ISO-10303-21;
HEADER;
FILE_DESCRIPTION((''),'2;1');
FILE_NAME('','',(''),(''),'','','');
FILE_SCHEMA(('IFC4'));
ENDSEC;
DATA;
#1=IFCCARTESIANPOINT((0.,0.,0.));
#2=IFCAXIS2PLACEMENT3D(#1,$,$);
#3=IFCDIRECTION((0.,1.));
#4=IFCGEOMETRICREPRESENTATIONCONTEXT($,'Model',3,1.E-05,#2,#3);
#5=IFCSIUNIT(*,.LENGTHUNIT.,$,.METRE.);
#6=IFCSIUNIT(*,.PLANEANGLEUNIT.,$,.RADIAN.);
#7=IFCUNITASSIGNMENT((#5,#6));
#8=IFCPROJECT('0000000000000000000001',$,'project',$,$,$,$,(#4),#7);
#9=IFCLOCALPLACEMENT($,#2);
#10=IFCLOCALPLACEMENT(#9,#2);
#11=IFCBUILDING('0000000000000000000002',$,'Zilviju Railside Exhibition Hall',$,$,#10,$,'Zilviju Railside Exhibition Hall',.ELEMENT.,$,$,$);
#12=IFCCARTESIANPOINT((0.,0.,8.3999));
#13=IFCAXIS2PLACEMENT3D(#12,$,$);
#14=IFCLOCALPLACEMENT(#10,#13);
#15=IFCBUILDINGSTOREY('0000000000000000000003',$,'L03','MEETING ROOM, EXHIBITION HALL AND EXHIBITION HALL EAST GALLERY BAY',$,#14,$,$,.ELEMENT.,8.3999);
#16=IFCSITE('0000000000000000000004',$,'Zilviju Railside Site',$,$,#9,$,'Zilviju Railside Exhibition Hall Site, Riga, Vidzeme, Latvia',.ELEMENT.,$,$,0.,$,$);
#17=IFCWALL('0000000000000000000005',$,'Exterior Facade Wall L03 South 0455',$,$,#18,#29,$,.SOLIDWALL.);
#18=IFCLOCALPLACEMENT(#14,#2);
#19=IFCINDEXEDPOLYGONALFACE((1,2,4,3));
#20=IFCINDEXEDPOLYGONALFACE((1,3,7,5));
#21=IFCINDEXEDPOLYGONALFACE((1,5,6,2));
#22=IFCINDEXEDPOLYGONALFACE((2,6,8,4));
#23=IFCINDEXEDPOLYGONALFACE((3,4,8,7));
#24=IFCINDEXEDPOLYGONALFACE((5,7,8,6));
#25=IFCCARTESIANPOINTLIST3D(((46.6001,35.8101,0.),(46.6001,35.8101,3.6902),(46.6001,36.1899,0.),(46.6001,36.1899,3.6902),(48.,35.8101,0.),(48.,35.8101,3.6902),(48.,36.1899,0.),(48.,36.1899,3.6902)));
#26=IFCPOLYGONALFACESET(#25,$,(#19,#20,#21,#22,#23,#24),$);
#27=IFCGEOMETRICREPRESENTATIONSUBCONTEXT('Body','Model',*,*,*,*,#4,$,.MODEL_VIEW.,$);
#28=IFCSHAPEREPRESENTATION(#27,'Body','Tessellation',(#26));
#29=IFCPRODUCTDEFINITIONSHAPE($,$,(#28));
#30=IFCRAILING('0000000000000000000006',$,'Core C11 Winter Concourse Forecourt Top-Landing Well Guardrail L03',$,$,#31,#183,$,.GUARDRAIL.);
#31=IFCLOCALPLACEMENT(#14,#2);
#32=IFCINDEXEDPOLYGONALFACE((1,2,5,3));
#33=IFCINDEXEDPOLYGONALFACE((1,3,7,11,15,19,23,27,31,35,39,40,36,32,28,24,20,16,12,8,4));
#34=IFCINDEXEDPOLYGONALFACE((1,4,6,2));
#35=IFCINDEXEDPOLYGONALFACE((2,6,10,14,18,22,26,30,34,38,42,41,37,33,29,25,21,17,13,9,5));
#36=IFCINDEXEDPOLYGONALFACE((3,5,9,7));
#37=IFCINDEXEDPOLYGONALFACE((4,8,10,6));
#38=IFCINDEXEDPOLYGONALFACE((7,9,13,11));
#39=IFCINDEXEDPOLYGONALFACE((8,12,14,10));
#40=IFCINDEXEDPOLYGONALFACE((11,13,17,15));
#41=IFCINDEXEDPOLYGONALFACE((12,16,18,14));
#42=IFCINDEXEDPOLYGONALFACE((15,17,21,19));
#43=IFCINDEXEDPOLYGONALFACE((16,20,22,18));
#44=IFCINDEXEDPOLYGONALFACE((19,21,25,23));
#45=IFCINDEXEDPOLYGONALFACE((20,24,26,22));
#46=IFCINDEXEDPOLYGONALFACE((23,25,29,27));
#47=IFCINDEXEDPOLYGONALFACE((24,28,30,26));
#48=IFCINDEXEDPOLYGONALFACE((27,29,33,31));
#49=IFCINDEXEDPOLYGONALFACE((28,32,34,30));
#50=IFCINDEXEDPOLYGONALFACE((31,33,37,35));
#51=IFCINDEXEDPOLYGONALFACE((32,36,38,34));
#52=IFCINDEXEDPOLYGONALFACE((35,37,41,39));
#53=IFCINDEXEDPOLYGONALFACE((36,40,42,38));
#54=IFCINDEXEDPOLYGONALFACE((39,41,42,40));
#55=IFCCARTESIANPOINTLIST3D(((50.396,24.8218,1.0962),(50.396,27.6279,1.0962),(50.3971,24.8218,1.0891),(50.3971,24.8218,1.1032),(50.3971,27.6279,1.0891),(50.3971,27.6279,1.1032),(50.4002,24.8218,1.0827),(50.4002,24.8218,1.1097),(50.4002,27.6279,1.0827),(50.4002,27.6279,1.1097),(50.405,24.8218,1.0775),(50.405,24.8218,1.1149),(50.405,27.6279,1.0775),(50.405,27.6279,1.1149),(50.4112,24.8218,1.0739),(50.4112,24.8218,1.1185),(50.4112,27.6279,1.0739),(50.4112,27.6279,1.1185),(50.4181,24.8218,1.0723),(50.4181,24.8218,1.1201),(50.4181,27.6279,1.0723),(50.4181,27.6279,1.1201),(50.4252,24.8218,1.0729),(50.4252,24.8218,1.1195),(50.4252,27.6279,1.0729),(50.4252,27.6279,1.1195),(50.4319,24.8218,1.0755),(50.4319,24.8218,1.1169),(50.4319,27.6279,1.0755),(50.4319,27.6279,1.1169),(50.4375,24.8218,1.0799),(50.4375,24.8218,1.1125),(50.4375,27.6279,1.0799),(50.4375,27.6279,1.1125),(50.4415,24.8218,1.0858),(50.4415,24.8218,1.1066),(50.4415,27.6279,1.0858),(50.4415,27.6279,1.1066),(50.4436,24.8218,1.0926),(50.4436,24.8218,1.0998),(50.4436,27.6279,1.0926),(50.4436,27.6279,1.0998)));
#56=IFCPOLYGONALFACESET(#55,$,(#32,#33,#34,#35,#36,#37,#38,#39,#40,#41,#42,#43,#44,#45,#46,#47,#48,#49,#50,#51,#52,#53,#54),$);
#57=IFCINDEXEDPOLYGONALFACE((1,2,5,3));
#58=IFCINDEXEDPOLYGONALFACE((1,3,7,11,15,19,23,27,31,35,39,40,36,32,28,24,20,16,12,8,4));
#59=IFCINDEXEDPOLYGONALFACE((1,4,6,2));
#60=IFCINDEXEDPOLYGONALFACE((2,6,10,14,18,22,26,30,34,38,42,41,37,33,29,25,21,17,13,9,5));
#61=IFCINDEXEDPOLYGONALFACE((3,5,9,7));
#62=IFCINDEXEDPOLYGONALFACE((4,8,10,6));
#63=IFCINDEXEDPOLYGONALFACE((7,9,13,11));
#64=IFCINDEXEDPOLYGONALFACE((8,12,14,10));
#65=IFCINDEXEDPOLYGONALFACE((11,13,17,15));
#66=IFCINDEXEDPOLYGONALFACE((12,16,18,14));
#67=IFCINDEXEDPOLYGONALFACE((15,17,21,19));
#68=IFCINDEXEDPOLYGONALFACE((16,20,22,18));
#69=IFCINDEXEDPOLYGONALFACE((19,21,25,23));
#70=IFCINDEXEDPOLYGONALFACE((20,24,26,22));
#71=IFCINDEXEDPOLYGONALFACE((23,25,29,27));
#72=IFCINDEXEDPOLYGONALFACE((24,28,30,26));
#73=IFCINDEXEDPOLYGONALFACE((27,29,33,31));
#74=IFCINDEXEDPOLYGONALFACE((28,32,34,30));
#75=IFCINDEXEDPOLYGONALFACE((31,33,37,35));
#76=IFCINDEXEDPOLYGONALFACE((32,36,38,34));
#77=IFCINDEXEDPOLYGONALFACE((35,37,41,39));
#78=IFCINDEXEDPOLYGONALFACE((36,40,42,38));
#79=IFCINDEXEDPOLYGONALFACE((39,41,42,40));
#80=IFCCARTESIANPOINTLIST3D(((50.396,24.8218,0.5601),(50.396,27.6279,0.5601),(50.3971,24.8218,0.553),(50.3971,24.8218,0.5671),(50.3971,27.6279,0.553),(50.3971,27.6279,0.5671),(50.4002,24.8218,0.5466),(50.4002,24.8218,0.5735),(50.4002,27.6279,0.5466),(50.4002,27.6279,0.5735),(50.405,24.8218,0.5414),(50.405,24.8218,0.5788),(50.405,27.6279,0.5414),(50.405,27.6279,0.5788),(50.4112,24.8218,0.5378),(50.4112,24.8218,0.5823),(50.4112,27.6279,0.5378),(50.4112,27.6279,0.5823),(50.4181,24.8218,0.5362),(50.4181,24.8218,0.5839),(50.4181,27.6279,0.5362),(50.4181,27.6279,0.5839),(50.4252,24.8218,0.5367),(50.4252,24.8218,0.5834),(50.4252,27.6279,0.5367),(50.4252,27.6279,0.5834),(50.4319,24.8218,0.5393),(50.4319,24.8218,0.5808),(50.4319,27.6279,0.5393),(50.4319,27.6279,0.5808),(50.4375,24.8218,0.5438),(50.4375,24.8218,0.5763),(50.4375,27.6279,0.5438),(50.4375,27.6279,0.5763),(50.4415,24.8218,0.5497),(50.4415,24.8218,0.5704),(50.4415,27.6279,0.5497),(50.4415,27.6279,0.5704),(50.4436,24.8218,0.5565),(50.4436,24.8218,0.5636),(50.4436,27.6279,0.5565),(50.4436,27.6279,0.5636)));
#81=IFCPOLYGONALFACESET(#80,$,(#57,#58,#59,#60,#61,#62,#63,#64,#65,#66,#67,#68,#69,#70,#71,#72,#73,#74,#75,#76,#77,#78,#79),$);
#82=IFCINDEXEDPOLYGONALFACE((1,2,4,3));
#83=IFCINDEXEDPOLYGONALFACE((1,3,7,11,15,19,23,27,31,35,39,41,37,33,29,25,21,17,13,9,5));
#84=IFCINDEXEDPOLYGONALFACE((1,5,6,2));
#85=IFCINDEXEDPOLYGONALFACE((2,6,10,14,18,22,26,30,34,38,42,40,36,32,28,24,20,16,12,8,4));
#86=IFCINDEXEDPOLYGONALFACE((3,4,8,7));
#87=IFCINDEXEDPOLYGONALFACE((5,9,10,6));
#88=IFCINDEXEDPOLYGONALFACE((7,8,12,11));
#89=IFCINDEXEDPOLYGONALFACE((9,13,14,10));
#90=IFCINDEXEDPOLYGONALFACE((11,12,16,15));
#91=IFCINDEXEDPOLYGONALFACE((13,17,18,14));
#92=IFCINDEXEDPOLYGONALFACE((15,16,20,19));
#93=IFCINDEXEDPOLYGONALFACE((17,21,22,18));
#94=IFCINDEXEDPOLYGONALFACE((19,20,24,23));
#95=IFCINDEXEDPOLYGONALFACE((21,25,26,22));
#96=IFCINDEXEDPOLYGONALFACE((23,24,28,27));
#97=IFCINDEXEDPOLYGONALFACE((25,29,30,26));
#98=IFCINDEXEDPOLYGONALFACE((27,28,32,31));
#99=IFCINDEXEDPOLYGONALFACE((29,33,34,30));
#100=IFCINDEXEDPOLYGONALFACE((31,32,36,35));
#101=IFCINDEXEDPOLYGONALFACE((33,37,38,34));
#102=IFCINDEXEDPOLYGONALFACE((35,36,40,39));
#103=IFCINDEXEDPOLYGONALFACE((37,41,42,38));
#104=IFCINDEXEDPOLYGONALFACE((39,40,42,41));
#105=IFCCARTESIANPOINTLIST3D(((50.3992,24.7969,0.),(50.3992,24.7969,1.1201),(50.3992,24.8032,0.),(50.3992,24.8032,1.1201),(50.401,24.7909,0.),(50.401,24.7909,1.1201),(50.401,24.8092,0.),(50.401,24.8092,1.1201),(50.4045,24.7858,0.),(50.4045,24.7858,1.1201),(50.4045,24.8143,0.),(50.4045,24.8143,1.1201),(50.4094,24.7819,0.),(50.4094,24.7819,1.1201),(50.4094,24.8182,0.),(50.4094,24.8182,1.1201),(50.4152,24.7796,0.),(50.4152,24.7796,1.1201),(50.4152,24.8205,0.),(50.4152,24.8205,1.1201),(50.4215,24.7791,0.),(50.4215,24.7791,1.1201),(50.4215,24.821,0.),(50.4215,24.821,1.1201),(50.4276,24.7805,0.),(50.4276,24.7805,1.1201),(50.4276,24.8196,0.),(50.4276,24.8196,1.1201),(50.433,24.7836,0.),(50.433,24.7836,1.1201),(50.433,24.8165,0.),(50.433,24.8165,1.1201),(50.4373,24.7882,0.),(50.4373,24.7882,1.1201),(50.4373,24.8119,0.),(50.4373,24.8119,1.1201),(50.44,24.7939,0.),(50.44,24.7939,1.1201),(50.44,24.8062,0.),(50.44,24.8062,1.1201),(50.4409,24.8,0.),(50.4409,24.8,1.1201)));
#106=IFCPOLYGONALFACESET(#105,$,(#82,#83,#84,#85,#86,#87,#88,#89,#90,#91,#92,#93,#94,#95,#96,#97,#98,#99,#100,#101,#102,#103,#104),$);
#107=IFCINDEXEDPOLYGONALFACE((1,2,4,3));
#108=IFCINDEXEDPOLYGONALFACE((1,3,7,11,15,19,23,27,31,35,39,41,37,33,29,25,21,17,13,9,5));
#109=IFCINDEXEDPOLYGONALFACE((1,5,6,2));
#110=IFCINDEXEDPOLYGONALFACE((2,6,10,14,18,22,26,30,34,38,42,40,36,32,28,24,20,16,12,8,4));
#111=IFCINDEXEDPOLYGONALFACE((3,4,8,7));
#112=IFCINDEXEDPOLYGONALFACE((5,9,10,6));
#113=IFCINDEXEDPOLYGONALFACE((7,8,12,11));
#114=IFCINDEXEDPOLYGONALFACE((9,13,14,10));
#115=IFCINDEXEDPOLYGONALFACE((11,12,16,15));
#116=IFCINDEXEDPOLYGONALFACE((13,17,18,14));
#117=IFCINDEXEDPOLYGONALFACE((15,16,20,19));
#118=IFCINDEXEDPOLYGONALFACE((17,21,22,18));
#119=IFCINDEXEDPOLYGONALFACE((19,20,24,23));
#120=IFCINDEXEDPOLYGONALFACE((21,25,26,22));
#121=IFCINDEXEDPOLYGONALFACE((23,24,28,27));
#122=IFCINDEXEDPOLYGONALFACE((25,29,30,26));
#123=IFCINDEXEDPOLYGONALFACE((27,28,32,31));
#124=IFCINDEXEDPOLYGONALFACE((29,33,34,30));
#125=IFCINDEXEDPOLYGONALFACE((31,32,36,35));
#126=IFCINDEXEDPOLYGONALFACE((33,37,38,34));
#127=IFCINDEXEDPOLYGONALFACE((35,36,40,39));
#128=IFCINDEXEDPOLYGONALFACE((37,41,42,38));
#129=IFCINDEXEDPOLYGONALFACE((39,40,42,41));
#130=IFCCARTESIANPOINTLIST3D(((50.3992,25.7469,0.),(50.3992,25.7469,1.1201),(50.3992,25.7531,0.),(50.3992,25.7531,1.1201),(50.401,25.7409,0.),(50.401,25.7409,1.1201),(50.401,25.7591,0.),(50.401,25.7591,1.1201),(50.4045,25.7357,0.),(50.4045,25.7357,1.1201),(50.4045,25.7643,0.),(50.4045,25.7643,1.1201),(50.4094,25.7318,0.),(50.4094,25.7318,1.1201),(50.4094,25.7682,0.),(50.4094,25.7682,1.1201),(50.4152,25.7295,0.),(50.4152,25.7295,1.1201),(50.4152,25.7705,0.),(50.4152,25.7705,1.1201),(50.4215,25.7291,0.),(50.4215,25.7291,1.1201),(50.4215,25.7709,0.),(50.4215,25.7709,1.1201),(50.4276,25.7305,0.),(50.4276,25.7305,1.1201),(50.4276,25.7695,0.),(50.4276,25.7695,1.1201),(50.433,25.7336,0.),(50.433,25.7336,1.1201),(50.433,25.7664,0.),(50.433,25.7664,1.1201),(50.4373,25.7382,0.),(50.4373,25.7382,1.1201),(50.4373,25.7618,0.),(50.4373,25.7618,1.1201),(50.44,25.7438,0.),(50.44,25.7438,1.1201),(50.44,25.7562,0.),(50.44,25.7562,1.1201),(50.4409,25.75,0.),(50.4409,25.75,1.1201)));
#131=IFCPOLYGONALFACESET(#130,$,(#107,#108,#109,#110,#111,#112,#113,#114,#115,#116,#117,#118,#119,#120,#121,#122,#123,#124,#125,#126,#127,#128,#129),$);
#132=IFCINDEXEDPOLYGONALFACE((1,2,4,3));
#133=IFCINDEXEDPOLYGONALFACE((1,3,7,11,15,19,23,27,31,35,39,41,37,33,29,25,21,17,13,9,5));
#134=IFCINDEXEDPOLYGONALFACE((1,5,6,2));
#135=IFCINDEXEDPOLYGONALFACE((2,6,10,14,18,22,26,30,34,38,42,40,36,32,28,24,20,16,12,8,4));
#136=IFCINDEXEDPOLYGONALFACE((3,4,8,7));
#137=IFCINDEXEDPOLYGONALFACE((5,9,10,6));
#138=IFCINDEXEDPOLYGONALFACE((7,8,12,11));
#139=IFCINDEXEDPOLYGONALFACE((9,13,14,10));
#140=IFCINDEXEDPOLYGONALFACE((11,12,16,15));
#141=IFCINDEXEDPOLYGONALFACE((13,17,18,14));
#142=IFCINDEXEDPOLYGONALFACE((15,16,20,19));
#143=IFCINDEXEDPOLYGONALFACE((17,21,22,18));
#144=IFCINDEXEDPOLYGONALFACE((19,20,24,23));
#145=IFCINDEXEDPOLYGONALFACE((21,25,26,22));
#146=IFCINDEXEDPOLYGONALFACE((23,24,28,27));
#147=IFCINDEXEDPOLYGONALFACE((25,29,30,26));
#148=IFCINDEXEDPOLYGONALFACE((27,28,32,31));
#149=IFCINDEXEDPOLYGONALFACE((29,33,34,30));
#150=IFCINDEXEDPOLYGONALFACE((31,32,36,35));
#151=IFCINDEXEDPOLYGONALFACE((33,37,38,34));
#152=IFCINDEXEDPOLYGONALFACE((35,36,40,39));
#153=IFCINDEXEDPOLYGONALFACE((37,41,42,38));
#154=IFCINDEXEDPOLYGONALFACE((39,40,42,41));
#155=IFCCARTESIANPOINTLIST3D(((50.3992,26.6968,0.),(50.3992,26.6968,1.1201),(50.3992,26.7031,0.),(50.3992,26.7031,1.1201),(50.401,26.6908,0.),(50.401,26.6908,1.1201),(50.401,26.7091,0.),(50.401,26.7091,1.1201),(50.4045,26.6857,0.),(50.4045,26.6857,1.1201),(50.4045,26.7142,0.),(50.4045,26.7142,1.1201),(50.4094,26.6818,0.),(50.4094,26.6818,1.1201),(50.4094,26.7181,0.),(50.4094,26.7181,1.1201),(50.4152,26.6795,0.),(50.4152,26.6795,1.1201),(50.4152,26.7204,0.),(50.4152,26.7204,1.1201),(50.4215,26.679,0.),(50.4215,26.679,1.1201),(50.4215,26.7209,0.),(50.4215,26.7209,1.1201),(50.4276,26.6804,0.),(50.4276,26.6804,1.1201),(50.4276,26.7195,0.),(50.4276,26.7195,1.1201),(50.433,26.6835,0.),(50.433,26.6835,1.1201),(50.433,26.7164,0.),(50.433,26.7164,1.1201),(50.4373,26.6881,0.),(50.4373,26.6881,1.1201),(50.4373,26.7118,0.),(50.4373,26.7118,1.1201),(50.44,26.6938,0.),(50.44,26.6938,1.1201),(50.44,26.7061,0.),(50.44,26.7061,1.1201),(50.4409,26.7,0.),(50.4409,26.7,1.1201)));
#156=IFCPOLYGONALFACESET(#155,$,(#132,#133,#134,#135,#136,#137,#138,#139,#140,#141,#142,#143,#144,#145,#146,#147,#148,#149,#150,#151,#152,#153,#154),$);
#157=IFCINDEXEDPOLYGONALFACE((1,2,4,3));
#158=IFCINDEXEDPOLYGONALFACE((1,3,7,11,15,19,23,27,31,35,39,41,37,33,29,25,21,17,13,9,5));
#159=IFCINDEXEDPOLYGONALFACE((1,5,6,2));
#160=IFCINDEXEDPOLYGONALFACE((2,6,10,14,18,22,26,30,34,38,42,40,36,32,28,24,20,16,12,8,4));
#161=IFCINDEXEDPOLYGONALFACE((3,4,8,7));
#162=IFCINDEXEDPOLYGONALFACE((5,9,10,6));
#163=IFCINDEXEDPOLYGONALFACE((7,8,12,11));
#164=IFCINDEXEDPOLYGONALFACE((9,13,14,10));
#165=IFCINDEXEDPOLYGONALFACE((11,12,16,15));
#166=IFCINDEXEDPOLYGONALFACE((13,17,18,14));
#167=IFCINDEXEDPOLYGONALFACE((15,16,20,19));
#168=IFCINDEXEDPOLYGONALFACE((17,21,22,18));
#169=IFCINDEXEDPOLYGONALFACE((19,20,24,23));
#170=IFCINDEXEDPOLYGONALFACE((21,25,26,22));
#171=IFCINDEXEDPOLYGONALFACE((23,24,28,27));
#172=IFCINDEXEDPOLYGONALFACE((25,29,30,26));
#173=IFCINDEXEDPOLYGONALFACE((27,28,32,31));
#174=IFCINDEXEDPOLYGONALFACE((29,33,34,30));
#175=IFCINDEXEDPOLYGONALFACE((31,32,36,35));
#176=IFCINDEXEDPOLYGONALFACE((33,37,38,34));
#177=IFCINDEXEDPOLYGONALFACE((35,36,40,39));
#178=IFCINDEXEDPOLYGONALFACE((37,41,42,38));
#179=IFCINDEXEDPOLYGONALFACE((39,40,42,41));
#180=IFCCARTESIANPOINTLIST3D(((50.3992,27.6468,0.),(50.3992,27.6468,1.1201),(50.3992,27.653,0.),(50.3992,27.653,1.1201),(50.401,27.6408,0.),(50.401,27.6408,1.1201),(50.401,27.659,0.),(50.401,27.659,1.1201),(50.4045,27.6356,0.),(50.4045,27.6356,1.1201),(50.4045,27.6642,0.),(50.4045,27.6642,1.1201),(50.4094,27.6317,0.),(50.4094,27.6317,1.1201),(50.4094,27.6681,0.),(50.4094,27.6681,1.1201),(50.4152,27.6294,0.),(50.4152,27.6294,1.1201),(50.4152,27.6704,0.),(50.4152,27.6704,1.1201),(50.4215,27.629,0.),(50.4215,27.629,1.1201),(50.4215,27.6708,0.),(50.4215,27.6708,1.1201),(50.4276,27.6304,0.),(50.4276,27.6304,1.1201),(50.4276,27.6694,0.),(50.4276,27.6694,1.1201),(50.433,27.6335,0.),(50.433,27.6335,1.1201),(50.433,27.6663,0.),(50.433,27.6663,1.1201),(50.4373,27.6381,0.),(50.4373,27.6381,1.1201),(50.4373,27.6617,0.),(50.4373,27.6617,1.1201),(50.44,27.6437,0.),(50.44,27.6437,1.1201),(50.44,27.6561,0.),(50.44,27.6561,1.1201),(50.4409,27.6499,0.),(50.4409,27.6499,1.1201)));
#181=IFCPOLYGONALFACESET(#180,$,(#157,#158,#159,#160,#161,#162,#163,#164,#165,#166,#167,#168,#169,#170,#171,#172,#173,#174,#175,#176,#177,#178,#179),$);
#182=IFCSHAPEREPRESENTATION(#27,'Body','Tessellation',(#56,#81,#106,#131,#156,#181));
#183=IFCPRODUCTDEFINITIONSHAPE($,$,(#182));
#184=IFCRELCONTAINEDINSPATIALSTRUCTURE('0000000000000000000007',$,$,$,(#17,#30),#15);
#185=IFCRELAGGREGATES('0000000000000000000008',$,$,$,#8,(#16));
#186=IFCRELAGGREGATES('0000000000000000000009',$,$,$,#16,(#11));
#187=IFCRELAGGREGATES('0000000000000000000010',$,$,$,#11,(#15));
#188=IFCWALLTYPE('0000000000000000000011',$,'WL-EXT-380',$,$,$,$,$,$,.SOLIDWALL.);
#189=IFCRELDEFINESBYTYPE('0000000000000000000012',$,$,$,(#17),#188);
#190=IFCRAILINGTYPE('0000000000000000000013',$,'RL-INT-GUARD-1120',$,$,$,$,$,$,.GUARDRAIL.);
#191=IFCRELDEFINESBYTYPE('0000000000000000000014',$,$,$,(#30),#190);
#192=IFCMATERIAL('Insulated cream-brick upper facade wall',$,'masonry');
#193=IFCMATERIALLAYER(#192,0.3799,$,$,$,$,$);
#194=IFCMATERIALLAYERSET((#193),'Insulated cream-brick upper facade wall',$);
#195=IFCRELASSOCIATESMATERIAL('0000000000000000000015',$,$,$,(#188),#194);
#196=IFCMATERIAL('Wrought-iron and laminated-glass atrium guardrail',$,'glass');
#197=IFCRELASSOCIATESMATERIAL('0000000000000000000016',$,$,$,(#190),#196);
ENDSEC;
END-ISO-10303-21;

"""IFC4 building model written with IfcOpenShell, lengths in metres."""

from ifc_helpers import new_model, si_unit, direction, frame, frame_2d, origin, origin_2d, place, context, subcontext, project, spatial, rectangle, circle, extrude, material, layer, layer_set, type_object, element, save


model = new_model("IFC4")

# Units and contexts
model_context = context("Model", 3, precision=1e-05, world=origin(), true_north=direction((0.0, 1.0)))
body_context = subcontext(model_context, "Body", "Model", "MODEL_VIEW")
ifc_project = project(units=[si_unit("LENGTHUNIT", "METRE"), si_unit("PLANEANGLEUNIT", "RADIAN")], contexts=[model_context])

# Site, building, storey
site_placement = place(None, origin())
site = spatial("IfcSite", under=ifc_project, at=site_placement, Name="Zilviju Railside Site", LongName="Zilviju Railside Exhibition Hall Site, Riga, Vidzeme, Latvia", CompositionType="ELEMENT", RefElevation=0.0)
building_placement = place(site_placement, origin())
building = spatial("IfcBuilding", under=site, at=building_placement, Name="Zilviju Railside Exhibition Hall", LongName="Zilviju Railside Exhibition Hall", CompositionType="ELEMENT")
storey_placement = place(building_placement, frame((0.0, 0.0, 8.3999)))
storey = spatial("IfcBuildingStorey", under=building, at=storey_placement, Name="L03", Description="MEETING ROOM, EXHIBITION HALL AND EXHIBITION HALL EAST GALLERY BAY", CompositionType="ELEMENT", Elevation=8.3999)

# Wall
ifc_material_1 = material(Name="Insulated cream-brick upper facade wall", Category="masonry")
ifc_layer_1 = layer(ifc_material_1, 0.3799)
ifc_layer_set_1 = layer_set([ifc_layer_1], Name="Insulated cream-brick upper facade wall")
wall_type_1 = type_object("IfcWallType", Name="WL-EXT-380", PredefinedType="SOLIDWALL", material=ifc_layer_set_1)
wall_1_placement = place(storey_placement, frame((48.0, 36.0, 0.0), z_axis=(0.0, 0.0, 1.0), x_axis=(-1.0, 0.0, 0.0)))
element("IfcWall", 1, at=wall_1_placement, inside=storey, type_object=wall_type_1, Name="Exterior Facade Wall L03 South 0455", PredefinedType="SOLIDWALL", context=body_context, shape_type="SweptSolid", body=[
    extrude(rectangle(XDim=1.3999, YDim=0.3799, at=frame_2d((0.7, 0.0))), origin(), (0.0, 0.0, 1.0), 3.6902),
])

# Railing
ifc_material_2 = material(Name="Wrought-iron and laminated-glass atrium guardrail", Category="glass")
railing_type = type_object("IfcRailingType", Name="RL-INT-GUARD-1120", PredefinedType="GUARDRAIL", material=ifc_material_2)
railing_1_placement = place(storey_placement, frame((50.4199, 24.8, 0.0)))
element("IfcRailing", 2, at=railing_1_placement, inside=storey, type_object=railing_type, Name="Core C11 Winter Concourse Forecourt Top-Landing Well Guardrail L03", PredefinedType="GUARDRAIL", context=body_context, shape_type="SweptSolid", body=[
    extrude(circle(Radius=0.0239, at=origin_2d()), frame((0.0, 0.0217, 1.0962), z_axis=(0.0, 1.0, 0.0), x_axis=(-1.0, 0.0, 0.0)), (0.0, 0.0, 1.0), 2.8062),
    extrude(circle(Radius=0.0239, at=origin_2d()), frame((0.0, 0.0217, 0.5601), z_axis=(0.0, 1.0, 0.0), x_axis=(-1.0, 0.0, 0.0)), (0.0, 0.0, 1.0), 2.8062),
    extrude(circle(Radius=0.021, at=origin_2d()), origin(), (0.0, 0.0, 1.0), 1.1201),
    extrude(circle(Radius=0.021, at=origin_2d()), frame((0.0, 0.95, 0.0)), (0.0, 0.0, 1.0), 1.1201),
    extrude(circle(Radius=0.021, at=origin_2d()), frame((0.0, 1.8999, 0.0)), (0.0, 0.0, 1.0), 1.1201),
    extrude(circle(Radius=0.021, at=origin_2d()), frame((0.0, 2.8499, 0.0)), (0.0, 0.0, 1.0), 1.1201),
])

save(model, "model.ifc")
